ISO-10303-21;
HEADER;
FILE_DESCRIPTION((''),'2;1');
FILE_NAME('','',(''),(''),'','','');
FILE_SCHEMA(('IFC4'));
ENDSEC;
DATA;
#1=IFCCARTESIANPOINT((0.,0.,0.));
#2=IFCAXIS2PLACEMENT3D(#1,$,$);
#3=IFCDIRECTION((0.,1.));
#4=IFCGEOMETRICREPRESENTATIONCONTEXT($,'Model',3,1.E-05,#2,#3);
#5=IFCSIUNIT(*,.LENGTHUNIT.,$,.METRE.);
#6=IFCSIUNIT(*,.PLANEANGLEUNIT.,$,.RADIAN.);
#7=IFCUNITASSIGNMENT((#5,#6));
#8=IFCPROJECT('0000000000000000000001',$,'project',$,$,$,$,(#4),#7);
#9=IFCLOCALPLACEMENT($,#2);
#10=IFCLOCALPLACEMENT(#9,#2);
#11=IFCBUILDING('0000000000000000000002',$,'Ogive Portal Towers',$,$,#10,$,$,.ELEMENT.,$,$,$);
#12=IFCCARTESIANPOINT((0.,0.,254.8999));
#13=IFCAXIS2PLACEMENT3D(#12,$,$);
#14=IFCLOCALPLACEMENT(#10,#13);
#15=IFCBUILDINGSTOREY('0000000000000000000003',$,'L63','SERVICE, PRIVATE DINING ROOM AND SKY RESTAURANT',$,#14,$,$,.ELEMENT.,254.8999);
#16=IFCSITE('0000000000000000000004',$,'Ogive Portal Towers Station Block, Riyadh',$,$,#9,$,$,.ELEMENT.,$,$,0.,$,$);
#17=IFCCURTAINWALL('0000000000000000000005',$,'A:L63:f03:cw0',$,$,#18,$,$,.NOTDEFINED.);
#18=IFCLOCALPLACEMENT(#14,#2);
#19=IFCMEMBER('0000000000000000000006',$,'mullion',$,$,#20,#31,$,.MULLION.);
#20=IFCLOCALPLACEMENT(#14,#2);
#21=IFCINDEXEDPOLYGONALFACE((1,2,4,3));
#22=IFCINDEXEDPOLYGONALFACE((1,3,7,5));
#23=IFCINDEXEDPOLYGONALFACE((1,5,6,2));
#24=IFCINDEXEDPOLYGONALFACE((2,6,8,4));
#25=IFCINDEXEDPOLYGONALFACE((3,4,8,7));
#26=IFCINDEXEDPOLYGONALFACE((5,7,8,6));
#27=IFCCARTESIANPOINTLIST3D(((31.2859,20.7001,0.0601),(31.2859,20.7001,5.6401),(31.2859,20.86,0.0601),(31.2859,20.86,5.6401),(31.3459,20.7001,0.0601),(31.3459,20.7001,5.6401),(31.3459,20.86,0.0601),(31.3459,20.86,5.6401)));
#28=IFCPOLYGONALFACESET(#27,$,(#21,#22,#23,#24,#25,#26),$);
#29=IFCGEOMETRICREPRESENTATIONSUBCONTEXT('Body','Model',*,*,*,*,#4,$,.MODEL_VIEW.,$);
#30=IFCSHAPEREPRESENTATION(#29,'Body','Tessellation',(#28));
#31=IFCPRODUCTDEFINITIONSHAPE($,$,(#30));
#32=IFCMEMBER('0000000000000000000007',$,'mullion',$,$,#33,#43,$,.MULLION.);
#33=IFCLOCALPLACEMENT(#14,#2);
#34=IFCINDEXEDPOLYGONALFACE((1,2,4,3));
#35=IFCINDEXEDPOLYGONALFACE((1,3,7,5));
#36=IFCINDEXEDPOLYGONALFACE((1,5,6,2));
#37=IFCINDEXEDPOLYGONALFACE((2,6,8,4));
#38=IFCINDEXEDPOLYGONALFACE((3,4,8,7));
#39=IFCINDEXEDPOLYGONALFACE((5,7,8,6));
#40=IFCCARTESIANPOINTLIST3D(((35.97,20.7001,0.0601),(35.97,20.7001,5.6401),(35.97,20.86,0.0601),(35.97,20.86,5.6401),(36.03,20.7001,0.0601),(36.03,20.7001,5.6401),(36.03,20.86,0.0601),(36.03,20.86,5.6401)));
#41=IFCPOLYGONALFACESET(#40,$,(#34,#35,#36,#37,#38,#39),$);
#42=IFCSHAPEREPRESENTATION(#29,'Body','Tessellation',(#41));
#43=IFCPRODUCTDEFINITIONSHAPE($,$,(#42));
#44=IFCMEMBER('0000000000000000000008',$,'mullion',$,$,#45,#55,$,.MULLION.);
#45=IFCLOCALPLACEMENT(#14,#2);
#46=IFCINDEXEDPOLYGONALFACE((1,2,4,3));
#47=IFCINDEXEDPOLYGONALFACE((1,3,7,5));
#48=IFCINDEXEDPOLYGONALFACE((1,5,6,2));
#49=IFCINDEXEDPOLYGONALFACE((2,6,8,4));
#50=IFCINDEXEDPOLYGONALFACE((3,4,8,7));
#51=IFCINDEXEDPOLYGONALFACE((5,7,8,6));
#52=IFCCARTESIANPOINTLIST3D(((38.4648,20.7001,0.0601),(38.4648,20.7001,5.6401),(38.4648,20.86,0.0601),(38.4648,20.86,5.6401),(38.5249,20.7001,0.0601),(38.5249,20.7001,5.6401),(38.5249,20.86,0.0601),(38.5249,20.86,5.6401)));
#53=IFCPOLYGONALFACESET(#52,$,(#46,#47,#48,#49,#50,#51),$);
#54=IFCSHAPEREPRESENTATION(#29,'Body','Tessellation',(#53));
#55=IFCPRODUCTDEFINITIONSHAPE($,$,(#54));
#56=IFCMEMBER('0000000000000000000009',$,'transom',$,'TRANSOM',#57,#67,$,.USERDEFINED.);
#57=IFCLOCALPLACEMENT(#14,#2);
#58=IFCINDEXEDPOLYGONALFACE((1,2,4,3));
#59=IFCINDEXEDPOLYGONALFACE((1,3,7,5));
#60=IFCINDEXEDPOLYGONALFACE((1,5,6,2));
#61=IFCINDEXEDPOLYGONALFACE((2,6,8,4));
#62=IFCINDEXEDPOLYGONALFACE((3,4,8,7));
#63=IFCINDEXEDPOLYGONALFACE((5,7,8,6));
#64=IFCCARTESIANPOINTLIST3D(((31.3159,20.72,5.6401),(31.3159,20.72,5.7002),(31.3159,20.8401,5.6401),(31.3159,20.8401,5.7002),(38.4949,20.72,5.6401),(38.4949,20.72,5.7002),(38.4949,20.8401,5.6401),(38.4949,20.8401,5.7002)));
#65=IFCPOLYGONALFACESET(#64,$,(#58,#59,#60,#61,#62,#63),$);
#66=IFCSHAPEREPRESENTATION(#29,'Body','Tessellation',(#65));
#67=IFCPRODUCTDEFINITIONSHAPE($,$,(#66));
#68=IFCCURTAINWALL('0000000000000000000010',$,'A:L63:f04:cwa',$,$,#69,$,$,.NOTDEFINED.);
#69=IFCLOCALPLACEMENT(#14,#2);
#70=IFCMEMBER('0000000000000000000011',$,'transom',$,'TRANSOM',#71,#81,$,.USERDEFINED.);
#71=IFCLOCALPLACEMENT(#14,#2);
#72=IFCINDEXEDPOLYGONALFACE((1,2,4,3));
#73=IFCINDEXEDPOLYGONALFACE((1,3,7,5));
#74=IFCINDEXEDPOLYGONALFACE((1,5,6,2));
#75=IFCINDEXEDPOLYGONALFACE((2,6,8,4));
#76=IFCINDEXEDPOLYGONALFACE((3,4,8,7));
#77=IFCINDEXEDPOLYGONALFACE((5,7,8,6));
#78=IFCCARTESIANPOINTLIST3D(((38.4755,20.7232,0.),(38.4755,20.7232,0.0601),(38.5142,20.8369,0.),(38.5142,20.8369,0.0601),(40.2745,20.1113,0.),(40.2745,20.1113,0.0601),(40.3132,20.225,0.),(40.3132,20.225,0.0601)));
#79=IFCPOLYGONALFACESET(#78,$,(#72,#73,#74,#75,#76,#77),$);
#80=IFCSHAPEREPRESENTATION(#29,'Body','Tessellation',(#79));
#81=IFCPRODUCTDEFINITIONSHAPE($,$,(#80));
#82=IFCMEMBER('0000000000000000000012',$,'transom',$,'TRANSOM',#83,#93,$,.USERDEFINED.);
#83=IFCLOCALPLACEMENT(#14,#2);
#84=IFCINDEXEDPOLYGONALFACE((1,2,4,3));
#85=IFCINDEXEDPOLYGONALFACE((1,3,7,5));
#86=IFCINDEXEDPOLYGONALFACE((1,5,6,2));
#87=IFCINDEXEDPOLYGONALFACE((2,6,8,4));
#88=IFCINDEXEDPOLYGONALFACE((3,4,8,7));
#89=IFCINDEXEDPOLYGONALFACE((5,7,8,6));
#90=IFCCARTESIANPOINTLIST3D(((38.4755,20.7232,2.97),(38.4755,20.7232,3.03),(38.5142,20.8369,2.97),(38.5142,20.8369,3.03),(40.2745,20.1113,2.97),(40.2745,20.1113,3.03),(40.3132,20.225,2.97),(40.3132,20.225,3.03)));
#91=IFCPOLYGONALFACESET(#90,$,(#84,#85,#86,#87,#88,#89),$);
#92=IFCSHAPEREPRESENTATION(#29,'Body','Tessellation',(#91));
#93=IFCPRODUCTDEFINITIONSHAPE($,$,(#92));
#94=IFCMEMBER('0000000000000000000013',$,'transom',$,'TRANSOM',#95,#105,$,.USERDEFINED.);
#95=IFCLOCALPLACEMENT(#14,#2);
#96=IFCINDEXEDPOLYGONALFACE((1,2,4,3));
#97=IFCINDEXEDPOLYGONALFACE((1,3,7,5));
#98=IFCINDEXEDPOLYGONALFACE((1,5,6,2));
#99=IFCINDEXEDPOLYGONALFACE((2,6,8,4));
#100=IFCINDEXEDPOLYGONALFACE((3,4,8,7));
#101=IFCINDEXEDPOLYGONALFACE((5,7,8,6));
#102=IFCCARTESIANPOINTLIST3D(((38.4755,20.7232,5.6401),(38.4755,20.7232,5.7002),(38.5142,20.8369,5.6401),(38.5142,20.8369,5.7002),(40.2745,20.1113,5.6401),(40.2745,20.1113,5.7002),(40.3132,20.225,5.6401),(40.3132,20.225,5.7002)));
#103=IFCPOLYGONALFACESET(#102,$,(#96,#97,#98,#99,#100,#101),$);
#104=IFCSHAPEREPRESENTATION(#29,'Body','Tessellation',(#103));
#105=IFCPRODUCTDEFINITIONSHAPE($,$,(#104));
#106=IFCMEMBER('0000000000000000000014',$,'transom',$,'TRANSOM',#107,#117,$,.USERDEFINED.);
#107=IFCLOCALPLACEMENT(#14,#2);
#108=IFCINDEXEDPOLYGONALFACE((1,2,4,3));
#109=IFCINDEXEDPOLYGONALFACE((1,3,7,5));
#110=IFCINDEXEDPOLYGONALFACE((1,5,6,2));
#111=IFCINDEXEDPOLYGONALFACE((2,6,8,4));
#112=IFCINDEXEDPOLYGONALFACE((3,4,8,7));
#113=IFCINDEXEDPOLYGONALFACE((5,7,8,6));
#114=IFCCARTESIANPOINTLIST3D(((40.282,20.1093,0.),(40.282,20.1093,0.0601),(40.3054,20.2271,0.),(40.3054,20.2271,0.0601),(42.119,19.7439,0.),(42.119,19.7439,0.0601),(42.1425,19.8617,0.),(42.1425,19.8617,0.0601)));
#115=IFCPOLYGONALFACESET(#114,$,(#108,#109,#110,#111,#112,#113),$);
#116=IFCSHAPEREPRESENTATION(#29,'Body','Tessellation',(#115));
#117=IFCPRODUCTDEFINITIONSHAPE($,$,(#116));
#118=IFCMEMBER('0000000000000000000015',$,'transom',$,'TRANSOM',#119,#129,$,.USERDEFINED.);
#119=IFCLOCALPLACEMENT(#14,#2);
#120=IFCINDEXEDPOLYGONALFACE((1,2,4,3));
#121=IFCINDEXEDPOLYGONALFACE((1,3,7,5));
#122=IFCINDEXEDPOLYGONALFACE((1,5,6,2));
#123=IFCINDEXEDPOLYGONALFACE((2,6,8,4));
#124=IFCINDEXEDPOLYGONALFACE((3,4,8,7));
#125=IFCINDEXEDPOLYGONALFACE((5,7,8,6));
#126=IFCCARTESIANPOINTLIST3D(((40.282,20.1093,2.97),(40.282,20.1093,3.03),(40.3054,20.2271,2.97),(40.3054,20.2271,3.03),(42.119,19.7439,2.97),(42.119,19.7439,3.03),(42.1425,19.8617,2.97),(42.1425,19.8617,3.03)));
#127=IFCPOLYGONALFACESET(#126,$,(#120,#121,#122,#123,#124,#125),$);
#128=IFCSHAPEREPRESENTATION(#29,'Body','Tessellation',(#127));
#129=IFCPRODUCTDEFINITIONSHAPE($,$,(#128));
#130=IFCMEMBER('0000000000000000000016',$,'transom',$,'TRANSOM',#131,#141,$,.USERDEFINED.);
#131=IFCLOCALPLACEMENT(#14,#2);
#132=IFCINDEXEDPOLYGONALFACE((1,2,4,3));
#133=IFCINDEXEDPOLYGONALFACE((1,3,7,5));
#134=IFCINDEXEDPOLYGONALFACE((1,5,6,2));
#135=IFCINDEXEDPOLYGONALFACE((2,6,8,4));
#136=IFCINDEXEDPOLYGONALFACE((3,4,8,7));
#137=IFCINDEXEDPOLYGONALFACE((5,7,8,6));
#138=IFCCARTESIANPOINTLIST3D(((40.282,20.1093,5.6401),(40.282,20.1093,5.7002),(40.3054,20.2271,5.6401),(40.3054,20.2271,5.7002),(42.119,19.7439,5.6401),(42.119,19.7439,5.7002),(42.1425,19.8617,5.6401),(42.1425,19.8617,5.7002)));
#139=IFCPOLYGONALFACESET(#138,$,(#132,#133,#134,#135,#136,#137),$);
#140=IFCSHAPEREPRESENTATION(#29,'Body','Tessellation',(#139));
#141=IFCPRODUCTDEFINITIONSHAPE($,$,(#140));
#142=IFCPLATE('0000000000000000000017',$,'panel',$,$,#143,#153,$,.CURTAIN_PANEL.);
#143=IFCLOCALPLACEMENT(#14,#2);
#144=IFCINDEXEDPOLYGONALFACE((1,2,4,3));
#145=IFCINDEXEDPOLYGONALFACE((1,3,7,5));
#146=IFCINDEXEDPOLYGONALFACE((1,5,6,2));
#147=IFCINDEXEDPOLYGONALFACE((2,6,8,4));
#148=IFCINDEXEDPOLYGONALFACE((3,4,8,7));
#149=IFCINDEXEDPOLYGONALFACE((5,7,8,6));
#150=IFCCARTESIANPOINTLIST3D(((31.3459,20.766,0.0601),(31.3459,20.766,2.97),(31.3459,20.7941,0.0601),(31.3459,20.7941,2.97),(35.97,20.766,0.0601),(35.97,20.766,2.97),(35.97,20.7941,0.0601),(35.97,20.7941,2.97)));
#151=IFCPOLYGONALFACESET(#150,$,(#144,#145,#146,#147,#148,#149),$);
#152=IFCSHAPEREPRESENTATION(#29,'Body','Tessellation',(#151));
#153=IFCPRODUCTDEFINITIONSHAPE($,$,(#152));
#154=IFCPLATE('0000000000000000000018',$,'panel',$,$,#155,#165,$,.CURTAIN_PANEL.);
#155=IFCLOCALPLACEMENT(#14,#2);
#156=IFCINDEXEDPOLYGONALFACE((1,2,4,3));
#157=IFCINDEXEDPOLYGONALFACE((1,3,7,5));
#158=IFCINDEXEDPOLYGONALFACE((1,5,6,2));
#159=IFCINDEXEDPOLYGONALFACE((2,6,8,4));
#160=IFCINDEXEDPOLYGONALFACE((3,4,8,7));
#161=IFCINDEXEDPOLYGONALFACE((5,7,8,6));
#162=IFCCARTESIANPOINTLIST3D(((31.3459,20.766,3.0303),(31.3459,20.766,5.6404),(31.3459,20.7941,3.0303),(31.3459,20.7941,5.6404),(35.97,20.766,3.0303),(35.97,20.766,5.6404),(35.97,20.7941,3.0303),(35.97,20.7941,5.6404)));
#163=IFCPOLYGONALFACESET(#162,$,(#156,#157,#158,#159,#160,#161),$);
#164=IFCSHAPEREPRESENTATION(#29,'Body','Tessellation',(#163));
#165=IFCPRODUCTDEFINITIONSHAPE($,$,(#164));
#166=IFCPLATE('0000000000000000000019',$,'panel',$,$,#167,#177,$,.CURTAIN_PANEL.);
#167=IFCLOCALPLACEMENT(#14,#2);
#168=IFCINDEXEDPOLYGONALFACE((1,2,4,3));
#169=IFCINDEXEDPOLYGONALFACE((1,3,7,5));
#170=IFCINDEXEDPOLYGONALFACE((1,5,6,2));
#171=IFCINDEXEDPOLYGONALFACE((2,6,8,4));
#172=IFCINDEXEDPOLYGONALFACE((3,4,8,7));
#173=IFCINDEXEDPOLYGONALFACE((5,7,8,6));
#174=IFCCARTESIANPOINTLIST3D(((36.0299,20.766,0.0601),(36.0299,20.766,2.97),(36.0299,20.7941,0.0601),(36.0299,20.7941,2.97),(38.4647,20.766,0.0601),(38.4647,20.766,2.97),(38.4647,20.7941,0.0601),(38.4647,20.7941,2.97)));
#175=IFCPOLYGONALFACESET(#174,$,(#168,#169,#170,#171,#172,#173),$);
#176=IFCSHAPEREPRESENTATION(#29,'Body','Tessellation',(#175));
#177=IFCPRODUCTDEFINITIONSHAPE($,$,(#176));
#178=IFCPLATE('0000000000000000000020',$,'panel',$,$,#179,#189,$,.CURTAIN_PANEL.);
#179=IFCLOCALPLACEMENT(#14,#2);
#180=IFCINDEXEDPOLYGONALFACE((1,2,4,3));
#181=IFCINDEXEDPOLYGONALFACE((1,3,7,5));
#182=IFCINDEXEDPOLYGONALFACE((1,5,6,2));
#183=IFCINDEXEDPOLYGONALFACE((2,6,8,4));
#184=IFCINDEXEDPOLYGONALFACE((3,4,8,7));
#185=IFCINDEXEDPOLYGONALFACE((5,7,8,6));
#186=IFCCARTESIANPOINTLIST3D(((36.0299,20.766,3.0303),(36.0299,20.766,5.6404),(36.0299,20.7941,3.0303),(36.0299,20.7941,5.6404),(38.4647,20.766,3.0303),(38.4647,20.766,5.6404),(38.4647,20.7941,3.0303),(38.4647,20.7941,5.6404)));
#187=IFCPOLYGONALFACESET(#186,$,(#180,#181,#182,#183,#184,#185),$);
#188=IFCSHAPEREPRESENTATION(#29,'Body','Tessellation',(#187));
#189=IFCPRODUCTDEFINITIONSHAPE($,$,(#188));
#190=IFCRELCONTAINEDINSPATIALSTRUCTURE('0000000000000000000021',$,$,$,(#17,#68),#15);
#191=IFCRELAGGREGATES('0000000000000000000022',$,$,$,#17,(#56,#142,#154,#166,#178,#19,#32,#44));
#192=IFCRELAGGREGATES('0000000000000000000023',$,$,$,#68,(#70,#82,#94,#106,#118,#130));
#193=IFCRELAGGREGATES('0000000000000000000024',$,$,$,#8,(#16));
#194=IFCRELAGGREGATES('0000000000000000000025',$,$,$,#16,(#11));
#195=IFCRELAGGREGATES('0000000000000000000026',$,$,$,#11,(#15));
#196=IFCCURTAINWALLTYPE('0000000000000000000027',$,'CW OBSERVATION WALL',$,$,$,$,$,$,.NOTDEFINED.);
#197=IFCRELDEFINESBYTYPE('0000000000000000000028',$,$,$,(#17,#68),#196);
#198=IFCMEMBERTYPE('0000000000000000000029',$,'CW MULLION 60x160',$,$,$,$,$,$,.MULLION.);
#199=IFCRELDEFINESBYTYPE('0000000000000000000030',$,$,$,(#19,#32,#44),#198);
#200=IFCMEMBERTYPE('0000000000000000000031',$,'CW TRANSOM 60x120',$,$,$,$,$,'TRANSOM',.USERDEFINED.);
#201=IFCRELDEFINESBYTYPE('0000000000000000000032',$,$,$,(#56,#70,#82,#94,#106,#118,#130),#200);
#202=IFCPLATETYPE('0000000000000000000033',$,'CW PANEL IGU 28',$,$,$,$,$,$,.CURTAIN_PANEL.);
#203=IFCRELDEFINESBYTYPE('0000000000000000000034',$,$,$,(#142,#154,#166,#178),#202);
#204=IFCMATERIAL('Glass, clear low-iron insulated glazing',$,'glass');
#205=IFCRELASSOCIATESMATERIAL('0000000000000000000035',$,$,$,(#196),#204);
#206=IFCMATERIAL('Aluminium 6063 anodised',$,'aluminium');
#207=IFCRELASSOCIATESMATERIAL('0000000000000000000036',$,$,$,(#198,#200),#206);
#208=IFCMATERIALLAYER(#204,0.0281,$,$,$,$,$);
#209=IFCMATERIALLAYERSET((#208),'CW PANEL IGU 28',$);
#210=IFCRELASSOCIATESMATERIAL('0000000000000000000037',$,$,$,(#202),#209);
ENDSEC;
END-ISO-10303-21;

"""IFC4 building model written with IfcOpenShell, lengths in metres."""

from ifc_helpers import new_model, si_unit, direction, frame, origin, origin_2d, place, context, subcontext, project, spatial, rectangle, extrude, material, layer, layer_set, material_profile, profile_set, type_object, element, aggregate, save


model = new_model("IFC4")

# Units and contexts
model_context = context("Model", 3, precision=1e-05, world=origin(), true_north=direction((0.0, 1.0)))
body_context = subcontext(model_context, "Body", "Model", "MODEL_VIEW")
ifc_project = project(units=[si_unit("LENGTHUNIT", "METRE"), si_unit("PLANEANGLEUNIT", "RADIAN")], contexts=[model_context])

# Site, building, storey
site_placement = place(None, origin())
site = spatial("IfcSite", under=ifc_project, at=site_placement, Name="Ogive Portal Towers Station Block, Riyadh", CompositionType="ELEMENT", RefElevation=0.0)
building_placement = place(site_placement, origin())
building = spatial("IfcBuilding", under=site, at=building_placement, Name="Ogive Portal Towers", CompositionType="ELEMENT")
storey_placement = place(building_placement, frame((0.0, 0.0, 254.8999)))
storey = spatial("IfcBuildingStorey", under=building, at=storey_placement, Name="L63", Description="SERVICE, PRIVATE DINING ROOM AND SKY RESTAURANT", CompositionType="ELEMENT", Elevation=254.8999)

# Curtain walls, members
ifc_material_1 = material(Name="Glass, clear low-iron insulated glazing", Category="glass")
curtain_wall_type = type_object("IfcCurtainWallType", Name="CW OBSERVATION WALL", PredefinedType="NOTDEFINED", material=ifc_material_1)
curtain_wall_1_placement = place(storey_placement, origin())
curtain_wall_1 = element("IfcCurtainWall", 1, at=curtain_wall_1_placement, inside=storey, type_object=curtain_wall_type, Name="A:L63:f03:cw0", PredefinedType="NOTDEFINED")
ifc_material_2 = material(Name="Aluminium 6063 anodised", Category="aluminium")
ifc_material_profile_1 = material_profile(ifc_material_2, rectangle(XDim=0.1599, YDim=0.0601, at=origin_2d()), Name="AL 60x160")
ifc_profile_set_1 = profile_set([ifc_material_profile_1], Name="Aluminium 6063 anodised")
member_type_1 = type_object("IfcMemberType", Name="CW MULLION 60x160", PredefinedType="MULLION", material=ifc_profile_set_1)
member_1_placement = place(storey_placement, frame((31.3159, 20.78, 0.0601), z_axis=(0.0, 0.0, 1.0), x_axis=(0.0, 1.0, 0.0)))
member_1 = element("IfcMember", 2, at=member_1_placement, type_object=member_type_1, Name="mullion", PredefinedType="MULLION", context=body_context, shape_type="SweptSolid", body=[
    extrude(rectangle(XDim=0.1599, YDim=0.0601, at=origin_2d()), origin(), (0.0, 0.0, 1.0), 5.5801),
])
member_2_placement = place(storey_placement, frame((36.0, 20.78, 0.0601), z_axis=(0.0, 0.0, 1.0), x_axis=(0.0, 1.0, 0.0)))
member_2 = element("IfcMember", 3, at=member_2_placement, type_object=member_type_1, Name="mullion", PredefinedType="MULLION", context=body_context, shape_type="SweptSolid", body=[
    extrude(rectangle(XDim=0.1599, YDim=0.0601, at=origin_2d()), origin(), (0.0, 0.0, 1.0), 5.5801),
])
member_3_placement = place(storey_placement, frame((38.4949, 20.78, 0.0601), z_axis=(0.0, 0.0, 1.0), x_axis=(0.0, 1.0, 0.0)))
member_3 = element("IfcMember", 4, at=member_3_placement, type_object=member_type_1, Name="mullion", PredefinedType="MULLION", context=body_context, shape_type="SweptSolid", body=[
    extrude(rectangle(XDim=0.1599, YDim=0.0601, at=origin_2d()), origin(), (0.0, 0.0, 1.0), 5.5801),
])
ifc_material_profile_2 = material_profile(ifc_material_2, rectangle(XDim=0.1201, YDim=0.0601, at=origin_2d()), Name="AL 120x60")
ifc_profile_set_2 = profile_set([ifc_material_profile_2], Name="Aluminium 6063 anodised")
member_type_2 = type_object("IfcMemberType", Name="CW TRANSOM 60x120", ElementType="TRANSOM", PredefinedType="USERDEFINED", material=ifc_profile_set_2)
member_4_placement = place(storey_placement, frame((31.3159, 20.78, 5.6702), z_axis=(1.0, 0.0, 0.0), x_axis=(0.0, 1.0, 0.0)))
member_4 = element("IfcMember", 5, at=member_4_placement, type_object=member_type_2, Name="transom", ObjectType="TRANSOM", PredefinedType="USERDEFINED", context=body_context, shape_type="SweptSolid", body=[
    extrude(rectangle(XDim=0.1201, YDim=0.0601, at=origin_2d()), origin(), (0.0, 0.0, 1.0), 7.179),
])
curtain_wall_2_placement = place(storey_placement, origin())
curtain_wall_2 = element("IfcCurtainWall", 6, at=curtain_wall_2_placement, inside=storey, type_object=curtain_wall_type, Name="A:L63:f04:cwa", PredefinedType="NOTDEFINED")
member_5_placement = place(storey_placement, frame((38.4949, 20.78, 0.03), z_axis=(0.946738, -0.322004, 0.0), x_axis=(0.322004, 0.946738, 0.0)))
member_5 = element("IfcMember", 7, at=member_5_placement, type_object=member_type_2, Name="transom", ObjectType="TRANSOM", PredefinedType="USERDEFINED", context=body_context, shape_type="SweptSolid", body=[
    extrude(rectangle(XDim=0.1201, YDim=0.0601, at=origin_2d()), origin(), (0.0, 0.0, 1.0), 1.9001),
])
member_6_placement = place(storey_placement, frame((38.4949, 20.78, 3.0), z_axis=(0.946738, -0.322004, 0.0), x_axis=(0.322004, 0.946738, 0.0)))
member_6 = element("IfcMember", 8, at=member_6_placement, type_object=member_type_2, Name="transom", ObjectType="TRANSOM", PredefinedType="USERDEFINED", context=body_context, shape_type="SweptSolid", body=[
    extrude(rectangle(XDim=0.1201, YDim=0.0601, at=origin_2d()), origin(), (0.0, 0.0, 1.0), 1.9001),
])
member_7_placement = place(storey_placement, frame((38.4949, 20.78, 5.6702), z_axis=(0.946738, -0.322004, 0.0), x_axis=(0.322004, 0.946738, 0.0)))
member_7 = element("IfcMember", 9, at=member_7_placement, type_object=member_type_2, Name="transom", ObjectType="TRANSOM", PredefinedType="USERDEFINED", context=body_context, shape_type="SweptSolid", body=[
    extrude(rectangle(XDim=0.1201, YDim=0.0601, at=origin_2d()), origin(), (0.0, 0.0, 1.0), 1.9001),
])
member_8_placement = place(storey_placement, frame((40.2937, 20.1682, 0.03), z_axis=(0.980781, -0.195113, 0.0), x_axis=(0.195113, 0.980781, 0.0)))
member_8 = element("IfcMember", 10, at=member_8_placement, type_object=member_type_2, Name="transom", ObjectType="TRANSOM", PredefinedType="USERDEFINED", context=body_context, shape_type="SweptSolid", body=[
    extrude(rectangle(XDim=0.1201, YDim=0.0601, at=origin_2d()), origin(), (0.0, 0.0, 1.0), 1.873),
])
member_9_placement = place(storey_placement, frame((40.2937, 20.1682, 3.0), z_axis=(0.980781, -0.195113, 0.0), x_axis=(0.195113, 0.980781, 0.0)))
member_9 = element("IfcMember", 11, at=member_9_placement, type_object=member_type_2, Name="transom", ObjectType="TRANSOM", PredefinedType="USERDEFINED", context=body_context, shape_type="SweptSolid", body=[
    extrude(rectangle(XDim=0.1201, YDim=0.0601, at=origin_2d()), origin(), (0.0, 0.0, 1.0), 1.873),
])
member_10_placement = place(storey_placement, frame((40.2937, 20.1682, 5.6702), z_axis=(0.980781, -0.195113, 0.0), x_axis=(0.195113, 0.980781, 0.0)))
member_10 = element("IfcMember", 12, at=member_10_placement, type_object=member_type_2, Name="transom", ObjectType="TRANSOM", PredefinedType="USERDEFINED", context=body_context, shape_type="SweptSolid", body=[
    extrude(rectangle(XDim=0.1201, YDim=0.0601, at=origin_2d()), origin(), (0.0, 0.0, 1.0), 1.873),
])

# Plates
ifc_layer_1 = layer(ifc_material_1, 0.0281)
ifc_layer_set_1 = layer_set([ifc_layer_1], Name="CW PANEL IGU 28")
plate_type = type_object("IfcPlateType", Name="CW PANEL IGU 28", PredefinedType="CURTAIN_PANEL", material=ifc_layer_set_1)
plate_1_placement = place(storey_placement, frame((33.658, 20.78, 0.0601), z_axis=(0.0, 0.0, 1.0), x_axis=(1.0, 0.0, 0.0)))
plate_1 = element("IfcPlate", 13, at=plate_1_placement, type_object=plate_type, Name="panel", PredefinedType="CURTAIN_PANEL", context=body_context, shape_type="SweptSolid", body=[
    extrude(rectangle(XDim=4.624, YDim=0.0281, at=origin_2d()), origin(), (0.0, 0.0, 1.0), 2.9099),
])
plate_2_placement = place(storey_placement, frame((33.658, 20.78, 3.0303), z_axis=(0.0, 0.0, 1.0), x_axis=(1.0, 0.0, 0.0)))
plate_2 = element("IfcPlate", 14, at=plate_2_placement, type_object=plate_type, Name="panel", PredefinedType="CURTAIN_PANEL", context=body_context, shape_type="SweptSolid", body=[
    extrude(rectangle(XDim=4.624, YDim=0.0281, at=origin_2d()), origin(), (0.0, 0.0, 1.0), 2.6101),
])
plate_3_placement = place(storey_placement, frame((37.2473, 20.78, 0.0601), z_axis=(0.0, 0.0, 1.0), x_axis=(1.0, 0.0, 0.0)))
plate_3 = element("IfcPlate", 15, at=plate_3_placement, type_object=plate_type, Name="panel", PredefinedType="CURTAIN_PANEL", context=body_context, shape_type="SweptSolid", body=[
    extrude(rectangle(XDim=2.4348, YDim=0.0281, at=origin_2d()), origin(), (0.0, 0.0, 1.0), 2.9099),
])
plate_4_placement = place(storey_placement, frame((37.2473, 20.78, 3.0303), z_axis=(0.0, 0.0, 1.0), x_axis=(1.0, 0.0, 0.0)))
plate_4 = element("IfcPlate", 16, at=plate_4_placement, type_object=plate_type, Name="panel", PredefinedType="CURTAIN_PANEL", context=body_context, shape_type="SweptSolid", body=[
    extrude(rectangle(XDim=2.4348, YDim=0.0281, at=origin_2d()), origin(), (0.0, 0.0, 1.0), 2.6101),
])
aggregate(curtain_wall_1, [member_4, plate_1, plate_2, plate_3, plate_4, member_1, member_2, member_3])
aggregate(curtain_wall_2, [member_5, member_6, member_7, member_8, member_9, member_10])

save(model, "model.ifc")
